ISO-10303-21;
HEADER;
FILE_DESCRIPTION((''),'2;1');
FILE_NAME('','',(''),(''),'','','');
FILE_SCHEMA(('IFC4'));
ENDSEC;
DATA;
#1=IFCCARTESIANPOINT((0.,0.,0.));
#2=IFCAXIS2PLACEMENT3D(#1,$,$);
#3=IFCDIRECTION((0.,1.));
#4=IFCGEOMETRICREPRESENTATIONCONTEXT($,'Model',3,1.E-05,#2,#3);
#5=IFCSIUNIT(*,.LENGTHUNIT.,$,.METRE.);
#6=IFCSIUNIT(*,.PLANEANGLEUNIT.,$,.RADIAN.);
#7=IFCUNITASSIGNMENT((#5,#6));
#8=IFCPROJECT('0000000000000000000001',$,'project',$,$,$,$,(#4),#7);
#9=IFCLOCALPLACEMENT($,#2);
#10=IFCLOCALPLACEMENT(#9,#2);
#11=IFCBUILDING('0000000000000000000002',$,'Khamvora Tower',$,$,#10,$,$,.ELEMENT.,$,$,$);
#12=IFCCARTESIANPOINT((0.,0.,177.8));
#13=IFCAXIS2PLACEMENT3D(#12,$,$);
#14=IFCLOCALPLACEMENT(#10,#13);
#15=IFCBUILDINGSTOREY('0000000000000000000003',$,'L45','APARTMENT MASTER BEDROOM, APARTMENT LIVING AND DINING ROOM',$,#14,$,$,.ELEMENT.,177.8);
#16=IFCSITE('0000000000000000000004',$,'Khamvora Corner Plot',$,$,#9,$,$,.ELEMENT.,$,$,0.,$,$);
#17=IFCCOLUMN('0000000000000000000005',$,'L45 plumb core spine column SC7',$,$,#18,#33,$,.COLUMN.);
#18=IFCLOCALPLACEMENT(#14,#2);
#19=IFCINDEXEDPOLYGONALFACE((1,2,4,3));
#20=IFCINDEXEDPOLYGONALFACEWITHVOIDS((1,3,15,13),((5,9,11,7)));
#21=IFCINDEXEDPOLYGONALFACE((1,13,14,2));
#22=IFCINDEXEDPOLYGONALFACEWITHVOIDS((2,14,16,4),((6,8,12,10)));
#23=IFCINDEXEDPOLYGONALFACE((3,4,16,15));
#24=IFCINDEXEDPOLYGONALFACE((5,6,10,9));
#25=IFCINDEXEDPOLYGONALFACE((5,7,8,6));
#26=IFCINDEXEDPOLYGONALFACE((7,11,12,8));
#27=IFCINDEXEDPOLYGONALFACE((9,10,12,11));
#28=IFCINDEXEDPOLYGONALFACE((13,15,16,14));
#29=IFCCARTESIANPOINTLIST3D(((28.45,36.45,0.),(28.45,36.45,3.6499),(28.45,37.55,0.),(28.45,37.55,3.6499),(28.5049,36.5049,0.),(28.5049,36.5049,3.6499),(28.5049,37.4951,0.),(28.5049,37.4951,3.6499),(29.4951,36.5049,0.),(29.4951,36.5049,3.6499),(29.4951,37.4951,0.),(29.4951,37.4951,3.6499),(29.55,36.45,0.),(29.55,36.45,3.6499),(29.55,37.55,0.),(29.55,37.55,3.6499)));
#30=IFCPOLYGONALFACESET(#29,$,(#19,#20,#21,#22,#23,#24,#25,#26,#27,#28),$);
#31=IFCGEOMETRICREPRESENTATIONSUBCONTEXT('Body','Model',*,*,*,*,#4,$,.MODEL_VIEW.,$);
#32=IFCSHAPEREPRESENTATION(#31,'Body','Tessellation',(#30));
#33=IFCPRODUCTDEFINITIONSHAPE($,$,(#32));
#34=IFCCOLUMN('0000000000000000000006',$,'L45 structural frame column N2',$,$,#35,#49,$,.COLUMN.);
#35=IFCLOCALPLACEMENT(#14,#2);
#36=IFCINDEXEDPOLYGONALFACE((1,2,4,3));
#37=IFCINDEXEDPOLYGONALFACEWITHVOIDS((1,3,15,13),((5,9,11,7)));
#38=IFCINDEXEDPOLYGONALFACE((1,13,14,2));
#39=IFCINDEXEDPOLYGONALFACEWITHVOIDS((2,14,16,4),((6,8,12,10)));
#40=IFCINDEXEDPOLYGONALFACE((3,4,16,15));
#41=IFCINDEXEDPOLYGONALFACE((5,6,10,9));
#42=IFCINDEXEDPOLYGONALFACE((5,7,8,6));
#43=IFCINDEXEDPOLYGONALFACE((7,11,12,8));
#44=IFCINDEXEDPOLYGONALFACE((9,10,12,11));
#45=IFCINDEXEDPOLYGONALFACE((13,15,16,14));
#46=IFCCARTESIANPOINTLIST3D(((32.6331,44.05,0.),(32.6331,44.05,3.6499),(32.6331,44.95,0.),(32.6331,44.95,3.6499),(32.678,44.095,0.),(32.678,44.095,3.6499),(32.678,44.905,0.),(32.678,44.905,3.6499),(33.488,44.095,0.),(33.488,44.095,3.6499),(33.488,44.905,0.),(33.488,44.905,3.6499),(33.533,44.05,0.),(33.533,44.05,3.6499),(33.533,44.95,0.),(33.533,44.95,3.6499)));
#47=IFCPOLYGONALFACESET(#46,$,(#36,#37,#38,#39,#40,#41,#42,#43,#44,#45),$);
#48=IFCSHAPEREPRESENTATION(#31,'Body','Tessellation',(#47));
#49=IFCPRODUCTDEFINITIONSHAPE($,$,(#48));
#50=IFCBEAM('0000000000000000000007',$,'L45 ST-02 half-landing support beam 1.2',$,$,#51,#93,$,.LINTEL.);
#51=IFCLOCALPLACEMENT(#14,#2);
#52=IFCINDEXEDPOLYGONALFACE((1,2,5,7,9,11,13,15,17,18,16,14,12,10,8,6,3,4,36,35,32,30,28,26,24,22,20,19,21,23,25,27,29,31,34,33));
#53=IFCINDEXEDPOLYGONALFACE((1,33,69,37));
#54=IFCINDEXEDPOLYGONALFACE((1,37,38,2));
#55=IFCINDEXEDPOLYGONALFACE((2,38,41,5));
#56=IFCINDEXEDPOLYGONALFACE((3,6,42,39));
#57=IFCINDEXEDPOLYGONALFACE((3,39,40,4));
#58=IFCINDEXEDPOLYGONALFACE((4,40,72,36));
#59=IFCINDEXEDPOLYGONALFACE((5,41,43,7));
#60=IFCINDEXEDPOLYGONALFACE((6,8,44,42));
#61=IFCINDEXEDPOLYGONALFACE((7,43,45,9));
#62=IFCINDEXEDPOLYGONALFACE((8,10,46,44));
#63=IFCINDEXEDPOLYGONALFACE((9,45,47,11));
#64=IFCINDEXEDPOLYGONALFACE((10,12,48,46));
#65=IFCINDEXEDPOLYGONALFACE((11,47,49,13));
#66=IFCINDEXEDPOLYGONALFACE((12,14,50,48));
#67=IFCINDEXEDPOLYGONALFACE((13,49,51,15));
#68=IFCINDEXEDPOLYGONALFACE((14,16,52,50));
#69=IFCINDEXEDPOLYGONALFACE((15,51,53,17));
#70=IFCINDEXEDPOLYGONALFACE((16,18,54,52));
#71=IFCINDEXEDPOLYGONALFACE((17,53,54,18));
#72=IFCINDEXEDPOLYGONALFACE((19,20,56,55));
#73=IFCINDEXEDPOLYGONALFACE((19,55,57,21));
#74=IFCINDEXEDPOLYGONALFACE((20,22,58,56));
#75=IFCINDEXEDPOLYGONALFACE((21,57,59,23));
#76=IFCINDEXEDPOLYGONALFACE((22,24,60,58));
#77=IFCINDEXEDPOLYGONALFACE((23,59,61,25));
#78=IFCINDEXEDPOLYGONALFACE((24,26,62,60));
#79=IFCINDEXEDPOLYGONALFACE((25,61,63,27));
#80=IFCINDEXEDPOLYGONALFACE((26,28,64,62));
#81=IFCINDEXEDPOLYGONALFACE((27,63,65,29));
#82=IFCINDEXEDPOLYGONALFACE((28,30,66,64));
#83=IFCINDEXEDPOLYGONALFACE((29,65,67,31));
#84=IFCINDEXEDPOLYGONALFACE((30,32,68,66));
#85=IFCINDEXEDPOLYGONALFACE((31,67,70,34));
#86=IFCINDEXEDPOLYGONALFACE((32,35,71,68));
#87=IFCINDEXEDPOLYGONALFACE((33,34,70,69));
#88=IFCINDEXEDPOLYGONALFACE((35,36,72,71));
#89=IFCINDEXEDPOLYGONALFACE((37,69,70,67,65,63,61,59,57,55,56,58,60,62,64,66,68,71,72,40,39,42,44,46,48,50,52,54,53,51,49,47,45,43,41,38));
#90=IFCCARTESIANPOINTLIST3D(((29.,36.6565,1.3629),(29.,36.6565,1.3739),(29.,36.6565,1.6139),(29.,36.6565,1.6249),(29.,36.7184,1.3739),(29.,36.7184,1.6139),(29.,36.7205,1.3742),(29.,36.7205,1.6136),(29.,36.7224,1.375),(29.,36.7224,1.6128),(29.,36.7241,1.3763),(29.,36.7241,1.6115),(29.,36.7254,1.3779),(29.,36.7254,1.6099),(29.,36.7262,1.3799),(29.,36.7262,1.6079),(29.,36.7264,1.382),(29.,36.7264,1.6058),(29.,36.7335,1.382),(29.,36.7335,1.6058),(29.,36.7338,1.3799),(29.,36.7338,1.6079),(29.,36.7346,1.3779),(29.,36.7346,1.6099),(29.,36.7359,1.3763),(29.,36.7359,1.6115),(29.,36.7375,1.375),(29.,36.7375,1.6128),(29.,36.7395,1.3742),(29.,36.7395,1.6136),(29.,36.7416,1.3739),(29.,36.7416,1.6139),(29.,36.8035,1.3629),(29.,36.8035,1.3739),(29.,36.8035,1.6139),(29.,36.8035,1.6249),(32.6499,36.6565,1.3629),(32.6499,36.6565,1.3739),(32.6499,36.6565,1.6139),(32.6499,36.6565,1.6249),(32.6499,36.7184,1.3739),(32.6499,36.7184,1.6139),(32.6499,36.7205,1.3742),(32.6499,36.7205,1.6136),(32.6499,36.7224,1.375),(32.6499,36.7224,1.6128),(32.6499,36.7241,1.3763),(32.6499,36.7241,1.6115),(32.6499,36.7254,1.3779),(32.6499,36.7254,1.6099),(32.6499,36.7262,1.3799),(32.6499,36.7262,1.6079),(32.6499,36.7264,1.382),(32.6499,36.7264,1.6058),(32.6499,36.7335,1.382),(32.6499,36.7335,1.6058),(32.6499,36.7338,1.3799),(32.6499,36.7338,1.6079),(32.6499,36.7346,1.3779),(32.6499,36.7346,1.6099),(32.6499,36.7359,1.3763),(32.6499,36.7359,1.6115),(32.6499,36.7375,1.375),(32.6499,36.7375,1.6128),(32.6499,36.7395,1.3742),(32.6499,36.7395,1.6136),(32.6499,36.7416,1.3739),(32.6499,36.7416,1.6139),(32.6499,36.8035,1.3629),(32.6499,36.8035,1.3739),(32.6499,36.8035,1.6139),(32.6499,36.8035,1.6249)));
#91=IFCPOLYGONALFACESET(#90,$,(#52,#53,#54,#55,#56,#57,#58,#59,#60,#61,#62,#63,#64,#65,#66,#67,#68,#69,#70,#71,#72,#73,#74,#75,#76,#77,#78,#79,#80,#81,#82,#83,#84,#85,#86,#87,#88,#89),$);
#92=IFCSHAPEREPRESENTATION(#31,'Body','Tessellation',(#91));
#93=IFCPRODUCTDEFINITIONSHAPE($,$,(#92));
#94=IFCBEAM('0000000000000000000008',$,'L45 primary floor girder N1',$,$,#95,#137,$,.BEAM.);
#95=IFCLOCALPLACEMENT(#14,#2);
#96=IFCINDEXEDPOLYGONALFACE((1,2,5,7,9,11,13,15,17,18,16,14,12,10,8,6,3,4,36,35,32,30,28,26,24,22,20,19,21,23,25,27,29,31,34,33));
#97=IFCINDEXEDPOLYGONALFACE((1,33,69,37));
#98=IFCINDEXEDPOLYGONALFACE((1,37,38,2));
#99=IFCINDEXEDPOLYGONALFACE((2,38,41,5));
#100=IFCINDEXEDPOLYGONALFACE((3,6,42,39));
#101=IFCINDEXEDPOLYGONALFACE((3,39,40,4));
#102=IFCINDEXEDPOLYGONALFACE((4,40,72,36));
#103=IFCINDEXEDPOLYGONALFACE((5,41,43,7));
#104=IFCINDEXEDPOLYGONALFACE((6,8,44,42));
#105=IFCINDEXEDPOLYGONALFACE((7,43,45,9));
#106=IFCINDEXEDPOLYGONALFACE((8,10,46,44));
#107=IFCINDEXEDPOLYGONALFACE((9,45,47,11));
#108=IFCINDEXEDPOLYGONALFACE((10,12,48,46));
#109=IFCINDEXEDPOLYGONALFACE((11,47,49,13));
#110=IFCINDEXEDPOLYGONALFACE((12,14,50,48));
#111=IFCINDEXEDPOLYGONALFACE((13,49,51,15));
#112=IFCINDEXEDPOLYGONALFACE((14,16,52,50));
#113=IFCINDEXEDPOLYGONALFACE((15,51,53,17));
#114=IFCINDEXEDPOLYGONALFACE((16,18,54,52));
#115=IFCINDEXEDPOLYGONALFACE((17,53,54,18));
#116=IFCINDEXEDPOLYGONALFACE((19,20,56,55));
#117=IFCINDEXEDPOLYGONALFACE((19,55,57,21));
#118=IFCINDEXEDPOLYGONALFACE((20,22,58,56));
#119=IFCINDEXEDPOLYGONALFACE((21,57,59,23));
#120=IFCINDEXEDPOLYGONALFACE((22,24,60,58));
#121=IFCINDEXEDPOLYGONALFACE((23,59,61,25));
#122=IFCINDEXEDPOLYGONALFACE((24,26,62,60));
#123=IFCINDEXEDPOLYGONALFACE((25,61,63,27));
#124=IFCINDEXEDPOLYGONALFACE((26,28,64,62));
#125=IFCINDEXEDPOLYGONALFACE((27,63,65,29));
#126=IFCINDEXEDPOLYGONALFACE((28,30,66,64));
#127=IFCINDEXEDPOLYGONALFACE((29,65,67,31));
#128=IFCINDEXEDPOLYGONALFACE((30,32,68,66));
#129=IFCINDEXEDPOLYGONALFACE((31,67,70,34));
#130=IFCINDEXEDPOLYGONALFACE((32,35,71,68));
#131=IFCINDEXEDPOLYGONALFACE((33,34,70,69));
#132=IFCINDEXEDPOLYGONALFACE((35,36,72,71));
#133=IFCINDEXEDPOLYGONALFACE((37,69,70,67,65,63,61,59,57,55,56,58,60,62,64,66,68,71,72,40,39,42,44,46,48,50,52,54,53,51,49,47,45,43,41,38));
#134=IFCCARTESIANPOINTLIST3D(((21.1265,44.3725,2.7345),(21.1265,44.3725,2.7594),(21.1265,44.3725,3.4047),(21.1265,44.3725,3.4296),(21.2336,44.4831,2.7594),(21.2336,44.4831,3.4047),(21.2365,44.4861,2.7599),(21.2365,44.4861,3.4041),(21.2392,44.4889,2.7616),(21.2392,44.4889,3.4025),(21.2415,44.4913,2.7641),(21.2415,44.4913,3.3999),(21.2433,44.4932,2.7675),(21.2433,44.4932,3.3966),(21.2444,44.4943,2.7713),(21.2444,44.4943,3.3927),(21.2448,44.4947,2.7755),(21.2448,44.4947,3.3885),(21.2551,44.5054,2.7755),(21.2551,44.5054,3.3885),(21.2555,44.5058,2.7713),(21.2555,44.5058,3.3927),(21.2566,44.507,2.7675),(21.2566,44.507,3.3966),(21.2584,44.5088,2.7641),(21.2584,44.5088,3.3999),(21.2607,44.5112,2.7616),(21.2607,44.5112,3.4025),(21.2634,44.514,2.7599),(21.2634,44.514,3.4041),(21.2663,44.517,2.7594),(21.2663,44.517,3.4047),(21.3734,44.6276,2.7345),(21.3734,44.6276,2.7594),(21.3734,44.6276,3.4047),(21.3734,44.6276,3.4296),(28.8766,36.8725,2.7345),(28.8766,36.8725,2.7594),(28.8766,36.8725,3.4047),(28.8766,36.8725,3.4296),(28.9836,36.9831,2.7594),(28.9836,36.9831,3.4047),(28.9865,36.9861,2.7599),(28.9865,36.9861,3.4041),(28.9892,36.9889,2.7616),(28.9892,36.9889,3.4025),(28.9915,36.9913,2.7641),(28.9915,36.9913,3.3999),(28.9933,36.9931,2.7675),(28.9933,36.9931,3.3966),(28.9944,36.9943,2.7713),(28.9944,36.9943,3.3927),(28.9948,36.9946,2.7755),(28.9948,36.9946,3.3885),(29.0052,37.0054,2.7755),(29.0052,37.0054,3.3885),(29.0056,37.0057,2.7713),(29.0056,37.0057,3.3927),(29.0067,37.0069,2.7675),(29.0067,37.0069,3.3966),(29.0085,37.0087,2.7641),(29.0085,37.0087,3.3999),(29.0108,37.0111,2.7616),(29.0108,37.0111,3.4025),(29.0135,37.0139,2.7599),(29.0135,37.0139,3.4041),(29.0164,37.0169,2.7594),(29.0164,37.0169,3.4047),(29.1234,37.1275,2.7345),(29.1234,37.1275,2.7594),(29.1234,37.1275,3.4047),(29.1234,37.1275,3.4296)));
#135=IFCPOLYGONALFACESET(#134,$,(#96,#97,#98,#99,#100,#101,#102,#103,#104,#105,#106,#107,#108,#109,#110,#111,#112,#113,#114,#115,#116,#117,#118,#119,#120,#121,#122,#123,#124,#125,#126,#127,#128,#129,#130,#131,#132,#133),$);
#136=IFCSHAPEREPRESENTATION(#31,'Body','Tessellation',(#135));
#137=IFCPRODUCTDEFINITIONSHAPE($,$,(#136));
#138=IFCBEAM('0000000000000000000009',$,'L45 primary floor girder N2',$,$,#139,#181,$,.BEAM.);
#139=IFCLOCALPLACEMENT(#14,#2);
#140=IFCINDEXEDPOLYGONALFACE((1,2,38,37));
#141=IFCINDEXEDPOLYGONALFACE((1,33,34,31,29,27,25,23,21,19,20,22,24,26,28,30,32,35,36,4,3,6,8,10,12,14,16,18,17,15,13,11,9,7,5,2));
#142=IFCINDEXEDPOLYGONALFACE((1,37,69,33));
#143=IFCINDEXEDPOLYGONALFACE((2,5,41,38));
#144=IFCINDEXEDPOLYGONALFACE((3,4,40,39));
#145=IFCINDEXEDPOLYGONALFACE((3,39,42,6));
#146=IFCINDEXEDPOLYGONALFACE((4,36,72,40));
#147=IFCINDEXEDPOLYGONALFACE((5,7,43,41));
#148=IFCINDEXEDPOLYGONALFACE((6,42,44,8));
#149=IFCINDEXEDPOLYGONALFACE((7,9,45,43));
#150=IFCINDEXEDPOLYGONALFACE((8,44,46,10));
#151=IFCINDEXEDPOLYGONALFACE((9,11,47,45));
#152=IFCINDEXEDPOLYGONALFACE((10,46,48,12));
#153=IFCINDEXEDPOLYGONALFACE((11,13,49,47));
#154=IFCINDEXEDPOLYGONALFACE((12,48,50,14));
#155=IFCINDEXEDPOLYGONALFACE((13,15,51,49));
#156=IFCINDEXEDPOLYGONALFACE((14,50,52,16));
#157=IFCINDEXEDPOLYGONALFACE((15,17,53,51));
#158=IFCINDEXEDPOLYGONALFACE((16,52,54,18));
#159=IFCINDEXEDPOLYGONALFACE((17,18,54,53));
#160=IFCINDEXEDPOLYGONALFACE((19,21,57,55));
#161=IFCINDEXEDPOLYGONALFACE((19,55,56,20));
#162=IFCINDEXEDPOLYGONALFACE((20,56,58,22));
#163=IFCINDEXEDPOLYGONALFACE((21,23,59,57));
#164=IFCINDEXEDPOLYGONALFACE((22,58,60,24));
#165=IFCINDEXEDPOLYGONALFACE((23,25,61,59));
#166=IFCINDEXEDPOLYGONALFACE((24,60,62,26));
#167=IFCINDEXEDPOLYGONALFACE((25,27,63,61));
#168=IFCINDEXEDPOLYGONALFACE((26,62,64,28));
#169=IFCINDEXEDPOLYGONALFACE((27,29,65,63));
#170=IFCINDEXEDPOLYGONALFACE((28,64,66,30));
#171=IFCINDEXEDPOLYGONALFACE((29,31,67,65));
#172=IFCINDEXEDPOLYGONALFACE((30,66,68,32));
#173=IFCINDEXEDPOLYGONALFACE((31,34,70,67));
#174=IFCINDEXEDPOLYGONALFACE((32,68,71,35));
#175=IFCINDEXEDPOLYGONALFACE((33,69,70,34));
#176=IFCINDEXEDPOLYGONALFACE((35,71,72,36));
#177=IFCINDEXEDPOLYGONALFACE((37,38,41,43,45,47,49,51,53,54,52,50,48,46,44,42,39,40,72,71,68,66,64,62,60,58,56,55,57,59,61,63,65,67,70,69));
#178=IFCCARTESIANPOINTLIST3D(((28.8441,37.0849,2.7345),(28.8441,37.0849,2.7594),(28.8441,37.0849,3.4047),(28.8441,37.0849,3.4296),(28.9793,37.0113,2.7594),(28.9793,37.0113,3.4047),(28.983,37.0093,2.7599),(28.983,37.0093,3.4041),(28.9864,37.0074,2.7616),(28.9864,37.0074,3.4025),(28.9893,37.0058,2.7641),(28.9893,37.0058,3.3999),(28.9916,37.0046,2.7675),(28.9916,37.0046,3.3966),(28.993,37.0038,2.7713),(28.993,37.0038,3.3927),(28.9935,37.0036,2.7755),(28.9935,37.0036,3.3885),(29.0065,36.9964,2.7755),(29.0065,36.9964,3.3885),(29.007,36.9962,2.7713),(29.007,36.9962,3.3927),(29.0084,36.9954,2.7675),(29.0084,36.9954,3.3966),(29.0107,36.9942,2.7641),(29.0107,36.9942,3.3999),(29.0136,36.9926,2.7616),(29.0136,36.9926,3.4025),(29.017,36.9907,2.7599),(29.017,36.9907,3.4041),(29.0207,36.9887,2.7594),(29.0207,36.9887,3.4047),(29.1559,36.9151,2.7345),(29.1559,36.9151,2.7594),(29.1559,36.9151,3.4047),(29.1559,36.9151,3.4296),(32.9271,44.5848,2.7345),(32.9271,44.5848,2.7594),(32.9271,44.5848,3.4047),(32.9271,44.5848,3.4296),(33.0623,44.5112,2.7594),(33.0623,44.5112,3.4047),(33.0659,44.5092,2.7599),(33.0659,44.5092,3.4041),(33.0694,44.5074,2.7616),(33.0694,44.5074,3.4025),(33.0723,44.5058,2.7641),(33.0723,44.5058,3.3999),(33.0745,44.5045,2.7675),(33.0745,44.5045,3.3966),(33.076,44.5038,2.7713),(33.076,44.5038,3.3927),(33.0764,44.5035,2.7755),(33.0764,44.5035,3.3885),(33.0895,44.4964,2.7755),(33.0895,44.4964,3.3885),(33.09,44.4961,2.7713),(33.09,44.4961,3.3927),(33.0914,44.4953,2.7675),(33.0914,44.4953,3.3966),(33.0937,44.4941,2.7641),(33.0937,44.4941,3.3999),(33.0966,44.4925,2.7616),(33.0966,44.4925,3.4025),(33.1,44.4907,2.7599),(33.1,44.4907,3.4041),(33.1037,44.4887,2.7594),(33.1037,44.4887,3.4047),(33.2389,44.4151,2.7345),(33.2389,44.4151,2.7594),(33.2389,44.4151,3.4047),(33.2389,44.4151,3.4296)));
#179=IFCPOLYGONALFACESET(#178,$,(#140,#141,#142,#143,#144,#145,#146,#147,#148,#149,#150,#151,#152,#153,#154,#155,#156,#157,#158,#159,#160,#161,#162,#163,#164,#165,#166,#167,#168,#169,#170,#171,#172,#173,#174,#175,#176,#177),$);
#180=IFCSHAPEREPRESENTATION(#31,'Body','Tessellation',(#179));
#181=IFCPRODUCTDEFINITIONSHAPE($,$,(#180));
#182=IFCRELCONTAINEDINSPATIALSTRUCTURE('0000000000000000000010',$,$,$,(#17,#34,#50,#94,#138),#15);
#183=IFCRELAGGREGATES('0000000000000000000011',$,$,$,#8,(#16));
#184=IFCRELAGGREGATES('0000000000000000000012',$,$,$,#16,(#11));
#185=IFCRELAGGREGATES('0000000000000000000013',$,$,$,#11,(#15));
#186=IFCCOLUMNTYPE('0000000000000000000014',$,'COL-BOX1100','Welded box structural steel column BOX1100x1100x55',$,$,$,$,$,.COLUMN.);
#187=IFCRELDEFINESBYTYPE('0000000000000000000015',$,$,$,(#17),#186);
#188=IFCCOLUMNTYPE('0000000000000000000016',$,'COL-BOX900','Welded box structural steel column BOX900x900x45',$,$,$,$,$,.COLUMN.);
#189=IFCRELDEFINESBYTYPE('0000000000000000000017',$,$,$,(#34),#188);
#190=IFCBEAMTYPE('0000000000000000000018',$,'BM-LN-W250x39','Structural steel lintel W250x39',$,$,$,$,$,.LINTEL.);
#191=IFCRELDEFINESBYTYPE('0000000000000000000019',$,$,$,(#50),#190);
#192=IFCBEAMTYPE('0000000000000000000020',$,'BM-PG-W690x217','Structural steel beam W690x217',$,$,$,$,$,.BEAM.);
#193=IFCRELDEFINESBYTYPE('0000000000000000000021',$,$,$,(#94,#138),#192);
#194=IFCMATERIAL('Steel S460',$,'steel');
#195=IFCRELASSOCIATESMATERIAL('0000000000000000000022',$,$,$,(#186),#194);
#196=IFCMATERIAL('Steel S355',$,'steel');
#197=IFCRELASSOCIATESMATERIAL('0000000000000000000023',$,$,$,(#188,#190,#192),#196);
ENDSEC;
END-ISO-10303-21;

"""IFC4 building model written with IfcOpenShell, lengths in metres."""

from ifc_helpers import new_model, si_unit, direction, frame, origin, origin_2d, place, context, subcontext, project, spatial, hollow_rectangle, i_section, extrude, material, material_profile, profile_set, type_object, element, save


model = new_model("IFC4")

# Units and contexts
model_context = context("Model", 3, precision=1e-05, world=origin(), true_north=direction((0.0, 1.0)))
body_context = subcontext(model_context, "Body", "Model", "MODEL_VIEW")
ifc_project = project(units=[si_unit("LENGTHUNIT", "METRE"), si_unit("PLANEANGLEUNIT", "RADIAN")], contexts=[model_context])

# Site, building, storey
site_placement = place(None, origin())
site = spatial("IfcSite", under=ifc_project, at=site_placement, Name="Khamvora Corner Plot", CompositionType="ELEMENT", RefElevation=0.0)
building_placement = place(site_placement, origin())
building = spatial("IfcBuilding", under=site, at=building_placement, Name="Khamvora Tower", CompositionType="ELEMENT")
storey_placement = place(building_placement, frame((0.0, 0.0, 177.8)))
storey = spatial("IfcBuildingStorey", under=building, at=storey_placement, Name="L45", Description="APARTMENT MASTER BEDROOM, APARTMENT LIVING AND DINING ROOM", CompositionType="ELEMENT", Elevation=177.8)

# Columns
ifc_material_1 = material(Name="Steel S460", Category="steel")
ifc_material_profile_1 = material_profile(ifc_material_1, hollow_rectangle(XDim=1.1001, YDim=1.1001, WallThickness=0.0549, at=origin_2d()), Name="BOX1100x1100x55")
ifc_profile_set_1 = profile_set([ifc_material_profile_1], Name="Steel S460")
column_type_1 = type_object("IfcColumnType", Name="COL-BOX1100", Description="Welded box structural steel column BOX1100x1100x55", PredefinedType="COLUMN", material=ifc_profile_set_1)
column_1_placement = place(storey_placement, frame((29.0, 37.0, 0.0), z_axis=(0.0, 0.0, 1.0), x_axis=(1.0, 0.0, 0.0)))
element("IfcColumn", 1, at=column_1_placement, inside=storey, type_object=column_type_1, Name="L45 plumb core spine column SC7", PredefinedType="COLUMN", context=body_context, shape_type="SweptSolid", body=[
    extrude(hollow_rectangle(XDim=1.1001, YDim=1.1001, WallThickness=0.0549, at=origin_2d()), origin(), (0.0, 0.0, 1.0), 3.6499),
])
ifc_material_2 = material(Name="Steel S355", Category="steel")
ifc_material_profile_2 = material_profile(ifc_material_2, hollow_rectangle(XDim=0.8999, YDim=0.8999, WallThickness=0.0449, at=origin_2d()), Name="BOX900x900x45")
ifc_profile_set_2 = profile_set([ifc_material_profile_2], Name="Steel S355")
column_type_2 = type_object("IfcColumnType", Name="COL-BOX900", Description="Welded box structural steel column BOX900x900x45", PredefinedType="COLUMN", material=ifc_profile_set_2)
column_2_placement = place(storey_placement, frame((33.083, 44.5, 0.0), z_axis=(0.0, 0.0, 1.0), x_axis=(1.0, 0.0, 0.0)))
element("IfcColumn", 2, at=column_2_placement, inside=storey, type_object=column_type_2, Name="L45 structural frame column N2", PredefinedType="COLUMN", context=body_context, shape_type="SweptSolid", body=[
    extrude(hollow_rectangle(XDim=0.8999, YDim=0.8999, WallThickness=0.0449, at=origin_2d()), origin(), (0.0, 0.0, 1.0), 3.6499),
])

# Beams
ifc_material_profile_3 = material_profile(ifc_material_2, i_section(OverallWidth=0.147, OverallDepth=0.262, WebThickness=0.0071, FlangeThickness=0.011, FilletRadius=0.0081, at=origin_2d()), Name="W250x39")
ifc_profile_set_3 = profile_set([ifc_material_profile_3], Name="Steel S355")
beam_type_1 = type_object("IfcBeamType", Name="BM-LN-W250x39", Description="Structural steel lintel W250x39", PredefinedType="LINTEL", material=ifc_profile_set_3)
beam_1_placement = place(storey_placement, frame((29.0, 36.73, 1.4939), z_axis=(1.0, 0.0, 0.0), x_axis=(0.0, 1.0, 0.0)))
element("IfcBeam", 3, at=beam_1_placement, inside=storey, type_object=beam_type_1, Name="L45 ST-02 half-landing support beam 1.2", PredefinedType="LINTEL", context=body_context, shape_type="SweptSolid", body=[
    extrude(i_section(OverallWidth=0.147, OverallDepth=0.262, WebThickness=0.0071, FlangeThickness=0.011, FilletRadius=0.0081, at=origin_2d()), origin(), (0.0, 0.0, 1.0), 3.6499),
])
ifc_material_profile_4 = material_profile(ifc_material_2, i_section(OverallWidth=0.355, OverallDepth=0.6951, WebThickness=0.0149, FlangeThickness=0.0249, FilletRadius=0.0161, at=origin_2d()), Name="W690x217")
ifc_profile_set_4 = profile_set([ifc_material_profile_4], Name="Steel S355")
beam_type_2 = type_object("IfcBeamType", Name="BM-PG-W690x217", Description="Structural steel beam W690x217", PredefinedType="BEAM", material=ifc_profile_set_4)
beam_2_placement = place(storey_placement, frame((29.0, 37.0, 3.082), z_axis=(-0.718602, 0.695421, 0.0), x_axis=(-0.695421, -0.718602, 0.0)))
element("IfcBeam", 4, at=beam_2_placement, inside=storey, type_object=beam_type_2, Name="L45 primary floor girder N1", PredefinedType="BEAM", context=body_context, shape_type="SweptSolid", body=[
    extrude(i_section(OverallWidth=0.355, OverallDepth=0.6951, WebThickness=0.0149, FlangeThickness=0.0249, FilletRadius=0.0161, at=origin_2d()), origin(), (0.0, 0.0, 1.0), 10.7849),
])
beam_3_placement = place(storey_placement, frame((29.0, 37.0, 3.082), z_axis=(0.478139, 0.878284, 0.0), x_axis=(-0.878284, 0.478139, 0.0)))
element("IfcBeam", 5, at=beam_3_placement, inside=storey, type_object=beam_type_2, Name="L45 primary floor girder N2", PredefinedType="BEAM", context=body_context, shape_type="SweptSolid", body=[
    extrude(i_section(OverallWidth=0.355, OverallDepth=0.6951, WebThickness=0.0149, FlangeThickness=0.0249, FilletRadius=0.0161, at=origin_2d()), origin(), (0.0, 0.0, 1.0), 8.5393),
])

save(model, "model.ifc")
